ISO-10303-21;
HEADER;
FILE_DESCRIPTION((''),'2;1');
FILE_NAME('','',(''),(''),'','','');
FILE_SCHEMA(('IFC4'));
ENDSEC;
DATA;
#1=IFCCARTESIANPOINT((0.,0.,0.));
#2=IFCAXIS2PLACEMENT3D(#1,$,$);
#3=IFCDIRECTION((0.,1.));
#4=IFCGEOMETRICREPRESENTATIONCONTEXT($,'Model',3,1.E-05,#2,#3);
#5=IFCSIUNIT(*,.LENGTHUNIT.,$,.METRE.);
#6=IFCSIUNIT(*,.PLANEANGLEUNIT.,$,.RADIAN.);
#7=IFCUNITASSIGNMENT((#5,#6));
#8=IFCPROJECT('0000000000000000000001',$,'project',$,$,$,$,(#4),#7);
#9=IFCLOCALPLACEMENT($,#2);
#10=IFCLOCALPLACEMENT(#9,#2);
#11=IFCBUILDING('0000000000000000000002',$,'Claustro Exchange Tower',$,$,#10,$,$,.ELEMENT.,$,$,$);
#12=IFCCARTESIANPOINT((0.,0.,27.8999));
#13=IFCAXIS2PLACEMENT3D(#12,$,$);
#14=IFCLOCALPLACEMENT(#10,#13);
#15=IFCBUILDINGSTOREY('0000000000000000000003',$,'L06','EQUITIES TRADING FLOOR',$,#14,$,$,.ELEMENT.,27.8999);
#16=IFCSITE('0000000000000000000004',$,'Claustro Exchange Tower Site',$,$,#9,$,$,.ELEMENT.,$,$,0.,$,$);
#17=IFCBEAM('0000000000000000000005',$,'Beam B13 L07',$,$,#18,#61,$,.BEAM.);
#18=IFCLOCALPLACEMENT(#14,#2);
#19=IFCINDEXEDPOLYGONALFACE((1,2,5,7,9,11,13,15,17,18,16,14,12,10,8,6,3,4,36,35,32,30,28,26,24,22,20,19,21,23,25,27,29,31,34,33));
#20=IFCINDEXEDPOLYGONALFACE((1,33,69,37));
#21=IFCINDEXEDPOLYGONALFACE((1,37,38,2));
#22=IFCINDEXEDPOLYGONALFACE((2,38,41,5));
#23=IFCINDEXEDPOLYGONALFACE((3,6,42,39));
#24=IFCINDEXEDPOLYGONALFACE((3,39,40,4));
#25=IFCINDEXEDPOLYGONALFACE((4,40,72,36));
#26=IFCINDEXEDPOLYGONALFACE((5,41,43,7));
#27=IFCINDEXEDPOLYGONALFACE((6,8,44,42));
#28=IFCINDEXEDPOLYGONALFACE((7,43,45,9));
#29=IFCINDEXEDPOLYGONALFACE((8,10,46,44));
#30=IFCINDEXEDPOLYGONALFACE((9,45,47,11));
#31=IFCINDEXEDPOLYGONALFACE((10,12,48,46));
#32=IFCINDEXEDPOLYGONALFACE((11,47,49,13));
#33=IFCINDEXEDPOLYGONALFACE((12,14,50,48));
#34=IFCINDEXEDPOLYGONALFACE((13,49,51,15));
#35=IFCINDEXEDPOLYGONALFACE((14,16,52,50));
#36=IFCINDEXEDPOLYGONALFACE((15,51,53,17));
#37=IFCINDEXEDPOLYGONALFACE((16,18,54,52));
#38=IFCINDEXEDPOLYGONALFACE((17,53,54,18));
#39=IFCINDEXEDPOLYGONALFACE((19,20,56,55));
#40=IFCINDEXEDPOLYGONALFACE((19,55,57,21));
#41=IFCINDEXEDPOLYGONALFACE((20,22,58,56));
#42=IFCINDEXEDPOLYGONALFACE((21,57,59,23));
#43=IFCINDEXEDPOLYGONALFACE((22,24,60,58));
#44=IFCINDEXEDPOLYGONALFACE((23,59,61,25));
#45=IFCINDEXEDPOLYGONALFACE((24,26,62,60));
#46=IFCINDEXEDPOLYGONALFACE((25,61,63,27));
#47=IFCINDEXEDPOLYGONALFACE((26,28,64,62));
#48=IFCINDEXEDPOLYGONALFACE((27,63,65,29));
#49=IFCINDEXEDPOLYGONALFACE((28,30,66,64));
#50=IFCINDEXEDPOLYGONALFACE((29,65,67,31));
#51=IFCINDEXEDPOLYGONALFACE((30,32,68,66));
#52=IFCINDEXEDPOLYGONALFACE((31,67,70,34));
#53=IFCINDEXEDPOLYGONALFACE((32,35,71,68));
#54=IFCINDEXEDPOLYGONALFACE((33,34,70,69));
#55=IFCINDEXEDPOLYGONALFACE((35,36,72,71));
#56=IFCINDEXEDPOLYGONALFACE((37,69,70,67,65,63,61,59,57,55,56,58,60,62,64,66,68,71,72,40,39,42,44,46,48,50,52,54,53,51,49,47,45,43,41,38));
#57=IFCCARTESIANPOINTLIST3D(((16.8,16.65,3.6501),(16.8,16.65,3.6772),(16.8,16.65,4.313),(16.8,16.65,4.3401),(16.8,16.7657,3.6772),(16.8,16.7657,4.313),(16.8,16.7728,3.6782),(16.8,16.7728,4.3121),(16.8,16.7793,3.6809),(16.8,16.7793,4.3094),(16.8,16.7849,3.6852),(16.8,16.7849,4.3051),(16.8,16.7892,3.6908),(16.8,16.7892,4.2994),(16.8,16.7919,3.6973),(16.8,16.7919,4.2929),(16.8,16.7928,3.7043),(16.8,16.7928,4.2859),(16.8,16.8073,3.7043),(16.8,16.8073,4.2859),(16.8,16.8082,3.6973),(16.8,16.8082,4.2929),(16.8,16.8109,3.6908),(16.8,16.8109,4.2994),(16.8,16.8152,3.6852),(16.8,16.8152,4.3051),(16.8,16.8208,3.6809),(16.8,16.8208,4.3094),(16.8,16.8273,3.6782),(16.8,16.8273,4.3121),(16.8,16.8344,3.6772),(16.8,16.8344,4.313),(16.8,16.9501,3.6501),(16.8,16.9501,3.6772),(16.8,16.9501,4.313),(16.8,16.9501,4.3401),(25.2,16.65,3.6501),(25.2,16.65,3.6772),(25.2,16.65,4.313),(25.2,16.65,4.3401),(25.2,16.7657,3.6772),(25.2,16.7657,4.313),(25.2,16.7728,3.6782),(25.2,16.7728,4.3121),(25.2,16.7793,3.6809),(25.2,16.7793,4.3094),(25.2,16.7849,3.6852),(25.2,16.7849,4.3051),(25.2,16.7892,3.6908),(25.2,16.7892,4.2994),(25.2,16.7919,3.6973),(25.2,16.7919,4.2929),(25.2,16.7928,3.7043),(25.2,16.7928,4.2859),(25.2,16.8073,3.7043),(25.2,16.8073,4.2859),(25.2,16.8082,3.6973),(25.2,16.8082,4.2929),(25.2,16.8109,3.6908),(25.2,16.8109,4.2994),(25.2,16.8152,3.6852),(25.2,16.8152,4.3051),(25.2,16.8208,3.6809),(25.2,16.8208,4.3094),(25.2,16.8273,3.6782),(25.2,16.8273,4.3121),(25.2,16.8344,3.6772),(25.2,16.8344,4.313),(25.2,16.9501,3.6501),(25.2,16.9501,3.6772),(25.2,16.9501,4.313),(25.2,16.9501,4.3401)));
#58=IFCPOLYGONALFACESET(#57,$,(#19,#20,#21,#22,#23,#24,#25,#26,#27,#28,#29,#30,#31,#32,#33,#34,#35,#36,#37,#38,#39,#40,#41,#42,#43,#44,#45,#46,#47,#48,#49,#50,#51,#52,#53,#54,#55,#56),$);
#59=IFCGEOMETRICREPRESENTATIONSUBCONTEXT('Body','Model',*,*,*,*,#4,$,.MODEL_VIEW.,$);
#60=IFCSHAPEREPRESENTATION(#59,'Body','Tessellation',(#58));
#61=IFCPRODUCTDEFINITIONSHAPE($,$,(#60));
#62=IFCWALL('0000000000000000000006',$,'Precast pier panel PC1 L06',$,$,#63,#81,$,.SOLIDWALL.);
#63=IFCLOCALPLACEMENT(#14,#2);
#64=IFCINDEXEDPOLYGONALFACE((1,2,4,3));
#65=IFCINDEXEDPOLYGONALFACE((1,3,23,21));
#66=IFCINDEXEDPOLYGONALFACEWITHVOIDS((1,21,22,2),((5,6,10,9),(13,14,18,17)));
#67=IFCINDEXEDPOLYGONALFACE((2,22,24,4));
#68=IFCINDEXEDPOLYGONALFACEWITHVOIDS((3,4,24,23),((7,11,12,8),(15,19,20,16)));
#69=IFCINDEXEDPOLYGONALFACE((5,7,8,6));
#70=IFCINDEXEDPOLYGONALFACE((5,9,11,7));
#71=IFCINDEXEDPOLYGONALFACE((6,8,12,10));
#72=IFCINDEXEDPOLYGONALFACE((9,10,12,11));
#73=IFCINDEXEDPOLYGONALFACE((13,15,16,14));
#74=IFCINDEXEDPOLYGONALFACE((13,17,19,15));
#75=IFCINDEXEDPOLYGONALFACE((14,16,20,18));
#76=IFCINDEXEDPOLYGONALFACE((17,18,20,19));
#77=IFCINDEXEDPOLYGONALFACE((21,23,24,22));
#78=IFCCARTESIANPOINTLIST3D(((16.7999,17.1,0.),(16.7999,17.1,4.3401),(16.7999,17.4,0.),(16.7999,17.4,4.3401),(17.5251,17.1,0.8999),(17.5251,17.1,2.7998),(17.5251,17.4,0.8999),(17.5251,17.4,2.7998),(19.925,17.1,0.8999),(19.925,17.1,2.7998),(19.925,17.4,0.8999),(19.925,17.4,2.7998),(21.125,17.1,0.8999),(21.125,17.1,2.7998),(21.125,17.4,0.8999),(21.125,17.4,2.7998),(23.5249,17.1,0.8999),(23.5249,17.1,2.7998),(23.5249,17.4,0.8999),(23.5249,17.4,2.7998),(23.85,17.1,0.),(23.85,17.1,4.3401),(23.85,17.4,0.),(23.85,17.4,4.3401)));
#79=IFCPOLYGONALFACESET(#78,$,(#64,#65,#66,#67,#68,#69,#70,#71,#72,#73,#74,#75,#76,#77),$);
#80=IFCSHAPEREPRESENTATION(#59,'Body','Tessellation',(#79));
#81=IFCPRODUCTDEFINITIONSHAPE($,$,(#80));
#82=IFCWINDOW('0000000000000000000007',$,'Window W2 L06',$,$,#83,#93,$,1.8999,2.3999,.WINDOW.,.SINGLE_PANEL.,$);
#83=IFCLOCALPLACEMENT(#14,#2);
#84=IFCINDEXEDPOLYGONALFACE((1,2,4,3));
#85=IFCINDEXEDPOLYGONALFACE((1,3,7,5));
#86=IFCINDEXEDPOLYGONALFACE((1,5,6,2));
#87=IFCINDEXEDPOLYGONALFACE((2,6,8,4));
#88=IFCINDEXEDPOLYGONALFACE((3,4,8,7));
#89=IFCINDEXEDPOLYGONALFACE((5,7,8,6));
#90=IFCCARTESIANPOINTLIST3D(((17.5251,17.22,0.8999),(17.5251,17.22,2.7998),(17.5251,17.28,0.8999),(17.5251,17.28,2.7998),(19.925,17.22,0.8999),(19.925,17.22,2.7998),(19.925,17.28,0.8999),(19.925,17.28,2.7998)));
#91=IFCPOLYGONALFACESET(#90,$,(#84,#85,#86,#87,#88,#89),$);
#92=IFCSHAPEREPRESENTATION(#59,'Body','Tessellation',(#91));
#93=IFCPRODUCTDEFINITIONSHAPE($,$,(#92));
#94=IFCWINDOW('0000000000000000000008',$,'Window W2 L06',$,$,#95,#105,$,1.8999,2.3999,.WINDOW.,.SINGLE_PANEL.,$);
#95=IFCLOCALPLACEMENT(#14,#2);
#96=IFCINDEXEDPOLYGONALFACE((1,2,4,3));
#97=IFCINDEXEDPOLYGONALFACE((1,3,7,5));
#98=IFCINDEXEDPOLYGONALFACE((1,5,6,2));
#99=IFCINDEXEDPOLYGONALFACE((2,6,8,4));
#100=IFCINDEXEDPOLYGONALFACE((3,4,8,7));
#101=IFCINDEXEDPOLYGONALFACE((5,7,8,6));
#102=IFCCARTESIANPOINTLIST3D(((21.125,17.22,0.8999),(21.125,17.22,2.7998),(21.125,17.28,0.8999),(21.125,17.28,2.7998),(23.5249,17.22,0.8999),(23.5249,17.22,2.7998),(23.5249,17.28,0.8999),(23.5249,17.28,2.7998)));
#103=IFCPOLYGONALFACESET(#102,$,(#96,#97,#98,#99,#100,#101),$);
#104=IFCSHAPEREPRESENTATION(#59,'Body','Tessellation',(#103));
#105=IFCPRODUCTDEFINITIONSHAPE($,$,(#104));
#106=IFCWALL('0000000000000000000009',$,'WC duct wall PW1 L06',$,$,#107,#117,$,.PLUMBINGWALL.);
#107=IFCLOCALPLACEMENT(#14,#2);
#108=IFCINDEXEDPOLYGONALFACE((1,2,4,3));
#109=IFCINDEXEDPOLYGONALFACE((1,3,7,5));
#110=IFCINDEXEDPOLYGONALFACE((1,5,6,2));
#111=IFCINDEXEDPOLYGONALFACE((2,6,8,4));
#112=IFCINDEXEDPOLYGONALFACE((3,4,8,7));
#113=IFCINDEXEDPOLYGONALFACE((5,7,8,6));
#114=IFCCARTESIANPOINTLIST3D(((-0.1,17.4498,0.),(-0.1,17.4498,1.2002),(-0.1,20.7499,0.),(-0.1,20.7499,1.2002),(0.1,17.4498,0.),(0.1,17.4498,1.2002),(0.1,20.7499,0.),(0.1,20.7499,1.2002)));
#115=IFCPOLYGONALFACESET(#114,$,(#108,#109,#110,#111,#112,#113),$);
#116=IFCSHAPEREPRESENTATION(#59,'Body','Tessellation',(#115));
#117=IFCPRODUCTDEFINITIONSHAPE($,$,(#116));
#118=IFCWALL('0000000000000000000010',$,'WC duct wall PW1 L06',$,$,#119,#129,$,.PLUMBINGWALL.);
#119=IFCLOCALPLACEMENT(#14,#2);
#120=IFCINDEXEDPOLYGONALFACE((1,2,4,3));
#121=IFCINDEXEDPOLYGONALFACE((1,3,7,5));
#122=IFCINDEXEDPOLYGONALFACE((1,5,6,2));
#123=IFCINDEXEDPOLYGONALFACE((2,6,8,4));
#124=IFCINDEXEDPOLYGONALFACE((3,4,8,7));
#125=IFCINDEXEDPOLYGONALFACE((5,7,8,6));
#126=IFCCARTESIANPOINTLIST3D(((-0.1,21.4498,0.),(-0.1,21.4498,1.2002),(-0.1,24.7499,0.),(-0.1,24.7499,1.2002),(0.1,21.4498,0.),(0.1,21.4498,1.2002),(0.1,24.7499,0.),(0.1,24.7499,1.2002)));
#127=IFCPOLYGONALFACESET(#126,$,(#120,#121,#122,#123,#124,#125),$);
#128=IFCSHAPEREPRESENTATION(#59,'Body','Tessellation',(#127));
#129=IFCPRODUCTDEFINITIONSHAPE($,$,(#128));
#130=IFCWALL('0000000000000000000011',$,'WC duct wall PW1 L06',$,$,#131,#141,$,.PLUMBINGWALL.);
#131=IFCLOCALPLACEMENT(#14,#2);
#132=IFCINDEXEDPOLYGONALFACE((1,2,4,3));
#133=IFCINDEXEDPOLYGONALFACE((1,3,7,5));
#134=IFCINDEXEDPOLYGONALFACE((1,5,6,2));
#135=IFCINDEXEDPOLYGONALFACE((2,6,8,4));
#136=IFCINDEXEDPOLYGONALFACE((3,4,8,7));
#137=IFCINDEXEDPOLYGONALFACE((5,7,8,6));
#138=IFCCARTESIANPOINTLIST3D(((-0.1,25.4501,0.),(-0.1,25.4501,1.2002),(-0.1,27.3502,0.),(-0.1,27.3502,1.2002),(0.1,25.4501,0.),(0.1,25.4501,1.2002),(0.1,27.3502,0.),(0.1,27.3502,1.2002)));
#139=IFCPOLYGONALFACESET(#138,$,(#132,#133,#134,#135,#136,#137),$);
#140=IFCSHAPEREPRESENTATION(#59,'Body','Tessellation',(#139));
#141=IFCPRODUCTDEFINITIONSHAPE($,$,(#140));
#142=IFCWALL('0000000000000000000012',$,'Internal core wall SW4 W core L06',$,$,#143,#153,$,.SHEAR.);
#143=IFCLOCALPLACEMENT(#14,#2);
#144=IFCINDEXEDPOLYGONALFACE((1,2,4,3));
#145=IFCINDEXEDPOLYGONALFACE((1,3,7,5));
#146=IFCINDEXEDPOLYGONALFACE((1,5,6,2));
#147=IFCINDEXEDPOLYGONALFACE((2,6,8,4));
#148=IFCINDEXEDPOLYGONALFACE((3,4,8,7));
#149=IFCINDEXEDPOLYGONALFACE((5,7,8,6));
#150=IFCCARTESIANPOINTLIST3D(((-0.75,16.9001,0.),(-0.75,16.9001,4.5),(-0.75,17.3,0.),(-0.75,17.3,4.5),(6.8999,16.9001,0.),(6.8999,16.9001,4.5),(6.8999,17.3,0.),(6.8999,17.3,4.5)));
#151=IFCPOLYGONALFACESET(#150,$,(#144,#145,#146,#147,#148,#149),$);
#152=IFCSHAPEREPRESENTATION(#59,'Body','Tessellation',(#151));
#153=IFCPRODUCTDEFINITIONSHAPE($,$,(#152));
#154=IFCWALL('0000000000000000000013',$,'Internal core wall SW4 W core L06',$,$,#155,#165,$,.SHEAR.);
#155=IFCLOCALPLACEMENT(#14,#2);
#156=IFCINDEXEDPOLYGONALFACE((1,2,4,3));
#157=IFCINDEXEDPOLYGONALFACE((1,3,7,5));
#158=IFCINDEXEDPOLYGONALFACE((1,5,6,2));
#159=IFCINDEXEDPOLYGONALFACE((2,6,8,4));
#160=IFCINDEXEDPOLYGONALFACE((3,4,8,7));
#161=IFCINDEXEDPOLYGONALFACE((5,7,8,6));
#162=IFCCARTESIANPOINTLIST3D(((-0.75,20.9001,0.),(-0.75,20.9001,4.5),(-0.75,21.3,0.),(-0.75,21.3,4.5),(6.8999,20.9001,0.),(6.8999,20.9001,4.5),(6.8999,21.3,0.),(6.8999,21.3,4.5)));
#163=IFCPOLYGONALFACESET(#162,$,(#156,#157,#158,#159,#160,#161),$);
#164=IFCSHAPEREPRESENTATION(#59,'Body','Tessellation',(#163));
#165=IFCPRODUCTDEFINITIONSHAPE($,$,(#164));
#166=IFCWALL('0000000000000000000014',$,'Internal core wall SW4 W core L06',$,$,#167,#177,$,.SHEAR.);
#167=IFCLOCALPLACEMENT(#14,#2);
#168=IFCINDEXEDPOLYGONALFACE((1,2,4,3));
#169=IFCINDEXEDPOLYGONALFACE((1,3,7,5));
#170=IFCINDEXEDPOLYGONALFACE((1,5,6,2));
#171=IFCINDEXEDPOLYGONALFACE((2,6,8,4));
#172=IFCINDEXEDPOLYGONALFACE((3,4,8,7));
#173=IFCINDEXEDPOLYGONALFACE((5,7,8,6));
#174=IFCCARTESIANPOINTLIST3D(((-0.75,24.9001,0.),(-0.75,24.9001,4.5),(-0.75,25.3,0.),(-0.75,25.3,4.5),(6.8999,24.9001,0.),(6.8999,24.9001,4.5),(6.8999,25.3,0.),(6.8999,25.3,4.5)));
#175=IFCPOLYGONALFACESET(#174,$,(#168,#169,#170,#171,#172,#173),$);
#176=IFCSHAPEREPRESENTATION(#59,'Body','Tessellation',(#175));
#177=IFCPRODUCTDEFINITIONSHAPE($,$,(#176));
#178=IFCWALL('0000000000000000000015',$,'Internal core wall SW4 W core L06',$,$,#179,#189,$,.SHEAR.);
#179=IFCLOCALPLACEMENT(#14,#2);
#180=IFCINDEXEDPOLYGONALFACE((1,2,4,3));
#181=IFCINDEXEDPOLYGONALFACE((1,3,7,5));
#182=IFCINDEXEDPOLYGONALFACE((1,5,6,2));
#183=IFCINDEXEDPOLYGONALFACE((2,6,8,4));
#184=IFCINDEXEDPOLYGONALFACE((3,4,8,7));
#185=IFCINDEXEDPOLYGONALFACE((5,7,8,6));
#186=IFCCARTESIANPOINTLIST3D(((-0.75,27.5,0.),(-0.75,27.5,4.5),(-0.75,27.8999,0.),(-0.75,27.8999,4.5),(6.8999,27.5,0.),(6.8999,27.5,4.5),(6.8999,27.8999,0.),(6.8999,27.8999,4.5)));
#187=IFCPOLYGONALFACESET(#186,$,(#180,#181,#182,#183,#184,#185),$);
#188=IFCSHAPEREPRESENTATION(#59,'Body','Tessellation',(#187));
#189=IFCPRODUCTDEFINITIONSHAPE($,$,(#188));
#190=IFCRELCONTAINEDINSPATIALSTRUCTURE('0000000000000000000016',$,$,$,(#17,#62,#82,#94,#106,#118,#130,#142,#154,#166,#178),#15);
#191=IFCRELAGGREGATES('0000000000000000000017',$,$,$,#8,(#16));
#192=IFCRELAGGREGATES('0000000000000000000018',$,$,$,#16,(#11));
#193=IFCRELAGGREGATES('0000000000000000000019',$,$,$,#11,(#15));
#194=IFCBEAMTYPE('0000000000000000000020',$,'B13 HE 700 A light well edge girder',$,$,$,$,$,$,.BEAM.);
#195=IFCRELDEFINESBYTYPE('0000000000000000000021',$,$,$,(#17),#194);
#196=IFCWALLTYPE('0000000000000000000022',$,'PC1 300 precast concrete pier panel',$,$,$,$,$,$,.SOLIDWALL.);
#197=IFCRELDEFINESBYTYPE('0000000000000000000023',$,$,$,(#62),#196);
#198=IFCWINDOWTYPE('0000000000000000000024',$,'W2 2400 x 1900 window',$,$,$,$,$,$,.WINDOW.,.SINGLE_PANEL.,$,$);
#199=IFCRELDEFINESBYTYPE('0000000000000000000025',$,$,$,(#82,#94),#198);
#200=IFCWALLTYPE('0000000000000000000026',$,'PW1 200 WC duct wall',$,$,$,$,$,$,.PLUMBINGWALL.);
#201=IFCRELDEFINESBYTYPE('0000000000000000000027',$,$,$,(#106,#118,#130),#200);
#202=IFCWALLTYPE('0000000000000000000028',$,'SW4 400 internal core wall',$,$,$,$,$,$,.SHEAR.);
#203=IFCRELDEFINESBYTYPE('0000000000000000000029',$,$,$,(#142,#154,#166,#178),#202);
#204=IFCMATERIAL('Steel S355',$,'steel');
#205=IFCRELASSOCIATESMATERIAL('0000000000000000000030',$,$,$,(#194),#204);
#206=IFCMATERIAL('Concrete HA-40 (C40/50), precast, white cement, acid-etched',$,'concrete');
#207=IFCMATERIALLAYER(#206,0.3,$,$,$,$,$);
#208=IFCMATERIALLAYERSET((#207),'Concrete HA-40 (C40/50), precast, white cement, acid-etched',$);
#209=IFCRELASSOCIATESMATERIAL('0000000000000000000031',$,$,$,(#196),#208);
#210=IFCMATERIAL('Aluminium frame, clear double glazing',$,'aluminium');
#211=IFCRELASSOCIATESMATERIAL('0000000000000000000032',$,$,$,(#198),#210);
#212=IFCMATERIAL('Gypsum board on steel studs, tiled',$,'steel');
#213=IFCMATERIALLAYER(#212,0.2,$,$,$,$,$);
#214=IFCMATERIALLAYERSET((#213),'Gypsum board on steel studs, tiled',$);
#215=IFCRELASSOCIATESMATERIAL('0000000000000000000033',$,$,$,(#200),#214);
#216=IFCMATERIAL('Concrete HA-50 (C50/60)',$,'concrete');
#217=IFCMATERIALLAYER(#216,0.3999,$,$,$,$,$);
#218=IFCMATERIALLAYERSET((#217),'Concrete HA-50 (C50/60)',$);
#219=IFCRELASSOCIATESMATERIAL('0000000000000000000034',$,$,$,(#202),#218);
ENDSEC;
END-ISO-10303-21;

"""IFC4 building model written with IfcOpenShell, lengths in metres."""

from ifc_helpers import new_model, si_unit, direction, frame, frame_2d, origin, origin_2d, place, context, subcontext, project, spatial, rectangle, i_section, extrude, material, layer, layer_set, material_profile, profile_set, type_object, element, fill, save


model = new_model("IFC4")

# Units and contexts
model_context = context("Model", 3, precision=1e-05, world=origin(), true_north=direction((0.0, 1.0)))
body_context = subcontext(model_context, "Body", "Model", "MODEL_VIEW")
ifc_project = project(units=[si_unit("LENGTHUNIT", "METRE"), si_unit("PLANEANGLEUNIT", "RADIAN")], contexts=[model_context])

# Site, building, storey
site_placement = place(None, origin())
site = spatial("IfcSite", under=ifc_project, at=site_placement, Name="Claustro Exchange Tower Site", CompositionType="ELEMENT", RefElevation=0.0)
building_placement = place(site_placement, origin())
building = spatial("IfcBuilding", under=site, at=building_placement, Name="Claustro Exchange Tower", CompositionType="ELEMENT")
storey_placement = place(building_placement, frame((0.0, 0.0, 27.8999)))
storey = spatial("IfcBuildingStorey", under=building, at=storey_placement, Name="L06", Description="EQUITIES TRADING FLOOR", CompositionType="ELEMENT", Elevation=27.8999)

# Beam
ifc_material_1 = material(Name="Steel S355", Category="steel")
ifc_material_profile = material_profile(ifc_material_1, i_section(OverallWidth=0.3, OverallDepth=0.6899, WebThickness=0.0144, FlangeThickness=0.0271, FilletRadius=0.0271, at=origin_2d()), Name="HE 700 A")
ifc_profile_set = profile_set([ifc_material_profile], Name="Steel S355")
beam_type = type_object("IfcBeamType", Name="B13 HE 700 A light well edge girder", PredefinedType="BEAM", material=ifc_profile_set)
beam_placement = place(storey_placement, frame((16.8, 16.8, 3.9951), z_axis=(1.0, 0.0, 0.0), x_axis=(0.0, 1.0, 0.0)))
element("IfcBeam", 1, at=beam_placement, inside=storey, type_object=beam_type, Name="Beam B13 L07", PredefinedType="BEAM", context=body_context, shape_type="SweptSolid", body=[
    extrude(i_section(OverallWidth=0.3, OverallDepth=0.6899, WebThickness=0.0144, FlangeThickness=0.0271, FilletRadius=0.0271, at=origin_2d()), origin(), (0.0, 0.0, 1.0), 8.3999),
])

# Wall, openings, windows
ifc_material_2 = material(Name="Concrete HA-40 (C40/50), precast, white cement, acid-etched", Category="concrete")
ifc_layer_1 = layer(ifc_material_2, 0.3)
ifc_layer_set_1 = layer_set([ifc_layer_1], Name="Concrete HA-40 (C40/50), precast, white cement, acid-etched")
wall_type_1 = type_object("IfcWallType", Name="PC1 300 precast concrete pier panel", PredefinedType="SOLIDWALL", material=ifc_layer_set_1)
wall_1_placement = place(storey_placement, frame((16.8, 17.25, 0.0), z_axis=(0.0, 0.0, 1.0), x_axis=(1.0, 0.0, 0.0)))
wall_1 = element("IfcWall", 2, at=wall_1_placement, inside=storey, type_object=wall_type_1, Name="Precast pier panel PC1 L06", PredefinedType="SOLIDWALL", context=body_context, shape_type="SweptSolid", body=[
    extrude(rectangle(XDim=7.05, YDim=0.3, at=frame_2d((3.5249, 0.0))), origin(), (0.0, 0.0, 1.0), 4.3401),
])
opening_1_placement = place(wall_1_placement, frame((0.7251, 0.0, 0.8999)))
opening_1 = element("IfcOpeningElement", 3, at=opening_1_placement, cuts=wall_1, PredefinedType="OPENING", context=body_context, shape_type="SweptSolid", body=[
    extrude(rectangle(XDim=2.3999, YDim=1.8999, at=frame_2d((1.2, 0.95))), frame((0.0, 0.1599, 0.0), z_axis=(0.0, -1.0, 0.0), x_axis=(1.0, 0.0, 0.0)), (0.0, 0.0, 1.0), 0.3201),
])
opening_2_placement = place(wall_1_placement, frame((4.325, 0.0, 0.8999)))
opening_2 = element("IfcOpeningElement", 4, at=opening_2_placement, cuts=wall_1, PredefinedType="OPENING", context=body_context, shape_type="SweptSolid", body=[
    extrude(rectangle(XDim=2.3999, YDim=1.8999, at=frame_2d((1.2, 0.95))), frame((0.0, 0.1599, 0.0), z_axis=(0.0, -1.0, 0.0), x_axis=(1.0, 0.0, 0.0)), (0.0, 0.0, 1.0), 0.3201),
])
ifc_material_3 = material(Name="Aluminium frame, clear double glazing", Category="aluminium")
window_type = type_object("IfcWindowType", Name="W2 2400 x 1900 window", PartitioningType="SINGLE_PANEL", PredefinedType="WINDOW", material=ifc_material_3)
window_1_placement = place(opening_1_placement, origin())
window_1 = element("IfcWindow", 5, at=window_1_placement, inside=storey, type_object=window_type, Name="Window W2 L06", OverallHeight=1.8999, OverallWidth=2.3999, PartitioningType="SINGLE_PANEL", PredefinedType="WINDOW", context=body_context, shape_type="SweptSolid", body=[
    extrude(rectangle(XDim=2.3999, YDim=1.8999, at=frame_2d((1.2, 0.95))), frame((0.0, 0.03, 0.0), z_axis=(0.0, -1.0, 0.0), x_axis=(1.0, 0.0, 0.0)), (0.0, 0.0, 1.0), 0.0601),
])
fill(opening_1, window_1)
window_2_placement = place(opening_2_placement, origin())
window_2 = element("IfcWindow", 6, at=window_2_placement, inside=storey, type_object=window_type, Name="Window W2 L06", OverallHeight=1.8999, OverallWidth=2.3999, PartitioningType="SINGLE_PANEL", PredefinedType="WINDOW", context=body_context, shape_type="SweptSolid", body=[
    extrude(rectangle(XDim=2.3999, YDim=1.8999, at=frame_2d((1.2, 0.95))), frame((0.0, 0.03, 0.0), z_axis=(0.0, -1.0, 0.0), x_axis=(1.0, 0.0, 0.0)), (0.0, 0.0, 1.0), 0.0601),
])
fill(opening_2, window_2)

# Walls
ifc_material_4 = material(Name="Gypsum board on steel studs, tiled", Category="steel")
ifc_layer_2 = layer(ifc_material_4, 0.2)
ifc_layer_set_2 = layer_set([ifc_layer_2], Name="Gypsum board on steel studs, tiled")
wall_type_2 = type_object("IfcWallType", Name="PW1 200 WC duct wall", PredefinedType="PLUMBINGWALL", material=ifc_layer_set_2)
for number, where, z_axis, x_axis, name in (
    (7, (0.0, 17.45, 0.0), (0.0, 0.0, 1.0), (0.0, 1.0, 0.0), "WC duct wall PW1 L06"),
    (8, (0.0, 21.45, 0.0), (0.0, 0.0, 1.0), (0.0, 1.0, 0.0), "WC duct wall PW1 L06"),
):
    element("IfcWall", number, at=place(storey_placement, frame(where, z_axis=z_axis, x_axis=x_axis)), inside=storey, type_object=wall_type_2, Name=name, PredefinedType="PLUMBINGWALL", context=body_context, shape_type="SweptSolid", body=[
        extrude(rectangle(XDim=3.3, YDim=0.2, at=frame_2d((1.6499, 0.0))), origin(), (0.0, 0.0, 1.0), 1.2002),
    ])
wall_2_placement = place(storey_placement, frame((0.0, 25.45, 0.0), z_axis=(0.0, 0.0, 1.0), x_axis=(0.0, 1.0, 0.0)))
element("IfcWall", 9, at=wall_2_placement, inside=storey, type_object=wall_type_2, Name="WC duct wall PW1 L06", PredefinedType="PLUMBINGWALL", context=body_context, shape_type="SweptSolid", body=[
    extrude(rectangle(XDim=1.9001, YDim=0.2, at=frame_2d((0.9502, 0.0))), origin(), (0.0, 0.0, 1.0), 1.2002),
])
ifc_material_5 = material(Name="Concrete HA-50 (C50/60)", Category="concrete")
ifc_layer_3 = layer(ifc_material_5, 0.3999)
ifc_layer_set_3 = layer_set([ifc_layer_3], Name="Concrete HA-50 (C50/60)")
wall_type_3 = type_object("IfcWallType", Name="SW4 400 internal core wall", PredefinedType="SHEAR", material=ifc_layer_set_3)
for number, where, z_axis, x_axis, name in (
    (10, (-0.75, 17.1001, 0.0), (0.0, 0.0, 1.0), (1.0, 0.0, 0.0), "Internal core wall SW4 W core L06"),
    (11, (-0.75, 21.1001, 0.0), (0.0, 0.0, 1.0), (1.0, 0.0, 0.0), "Internal core wall SW4 W core L06"),
    (12, (-0.75, 25.1001, 0.0), (0.0, 0.0, 1.0), (1.0, 0.0, 0.0), "Internal core wall SW4 W core L06"),
    (13, (-0.75, 27.7, 0.0), (0.0, 0.0, 1.0), (1.0, 0.0, 0.0), "Internal core wall SW4 W core L06"),
):
    element("IfcWall", number, at=place(storey_placement, frame(where, z_axis=z_axis, x_axis=x_axis)), inside=storey, type_object=wall_type_3, Name=name, PredefinedType="SHEAR", context=body_context, shape_type="SweptSolid", body=[
        extrude(rectangle(XDim=7.6499, YDim=0.3999, at=frame_2d((3.825, 0.0))), origin(), (0.0, 0.0, 1.0), 4.5),
    ])

save(model, "model.ifc")
